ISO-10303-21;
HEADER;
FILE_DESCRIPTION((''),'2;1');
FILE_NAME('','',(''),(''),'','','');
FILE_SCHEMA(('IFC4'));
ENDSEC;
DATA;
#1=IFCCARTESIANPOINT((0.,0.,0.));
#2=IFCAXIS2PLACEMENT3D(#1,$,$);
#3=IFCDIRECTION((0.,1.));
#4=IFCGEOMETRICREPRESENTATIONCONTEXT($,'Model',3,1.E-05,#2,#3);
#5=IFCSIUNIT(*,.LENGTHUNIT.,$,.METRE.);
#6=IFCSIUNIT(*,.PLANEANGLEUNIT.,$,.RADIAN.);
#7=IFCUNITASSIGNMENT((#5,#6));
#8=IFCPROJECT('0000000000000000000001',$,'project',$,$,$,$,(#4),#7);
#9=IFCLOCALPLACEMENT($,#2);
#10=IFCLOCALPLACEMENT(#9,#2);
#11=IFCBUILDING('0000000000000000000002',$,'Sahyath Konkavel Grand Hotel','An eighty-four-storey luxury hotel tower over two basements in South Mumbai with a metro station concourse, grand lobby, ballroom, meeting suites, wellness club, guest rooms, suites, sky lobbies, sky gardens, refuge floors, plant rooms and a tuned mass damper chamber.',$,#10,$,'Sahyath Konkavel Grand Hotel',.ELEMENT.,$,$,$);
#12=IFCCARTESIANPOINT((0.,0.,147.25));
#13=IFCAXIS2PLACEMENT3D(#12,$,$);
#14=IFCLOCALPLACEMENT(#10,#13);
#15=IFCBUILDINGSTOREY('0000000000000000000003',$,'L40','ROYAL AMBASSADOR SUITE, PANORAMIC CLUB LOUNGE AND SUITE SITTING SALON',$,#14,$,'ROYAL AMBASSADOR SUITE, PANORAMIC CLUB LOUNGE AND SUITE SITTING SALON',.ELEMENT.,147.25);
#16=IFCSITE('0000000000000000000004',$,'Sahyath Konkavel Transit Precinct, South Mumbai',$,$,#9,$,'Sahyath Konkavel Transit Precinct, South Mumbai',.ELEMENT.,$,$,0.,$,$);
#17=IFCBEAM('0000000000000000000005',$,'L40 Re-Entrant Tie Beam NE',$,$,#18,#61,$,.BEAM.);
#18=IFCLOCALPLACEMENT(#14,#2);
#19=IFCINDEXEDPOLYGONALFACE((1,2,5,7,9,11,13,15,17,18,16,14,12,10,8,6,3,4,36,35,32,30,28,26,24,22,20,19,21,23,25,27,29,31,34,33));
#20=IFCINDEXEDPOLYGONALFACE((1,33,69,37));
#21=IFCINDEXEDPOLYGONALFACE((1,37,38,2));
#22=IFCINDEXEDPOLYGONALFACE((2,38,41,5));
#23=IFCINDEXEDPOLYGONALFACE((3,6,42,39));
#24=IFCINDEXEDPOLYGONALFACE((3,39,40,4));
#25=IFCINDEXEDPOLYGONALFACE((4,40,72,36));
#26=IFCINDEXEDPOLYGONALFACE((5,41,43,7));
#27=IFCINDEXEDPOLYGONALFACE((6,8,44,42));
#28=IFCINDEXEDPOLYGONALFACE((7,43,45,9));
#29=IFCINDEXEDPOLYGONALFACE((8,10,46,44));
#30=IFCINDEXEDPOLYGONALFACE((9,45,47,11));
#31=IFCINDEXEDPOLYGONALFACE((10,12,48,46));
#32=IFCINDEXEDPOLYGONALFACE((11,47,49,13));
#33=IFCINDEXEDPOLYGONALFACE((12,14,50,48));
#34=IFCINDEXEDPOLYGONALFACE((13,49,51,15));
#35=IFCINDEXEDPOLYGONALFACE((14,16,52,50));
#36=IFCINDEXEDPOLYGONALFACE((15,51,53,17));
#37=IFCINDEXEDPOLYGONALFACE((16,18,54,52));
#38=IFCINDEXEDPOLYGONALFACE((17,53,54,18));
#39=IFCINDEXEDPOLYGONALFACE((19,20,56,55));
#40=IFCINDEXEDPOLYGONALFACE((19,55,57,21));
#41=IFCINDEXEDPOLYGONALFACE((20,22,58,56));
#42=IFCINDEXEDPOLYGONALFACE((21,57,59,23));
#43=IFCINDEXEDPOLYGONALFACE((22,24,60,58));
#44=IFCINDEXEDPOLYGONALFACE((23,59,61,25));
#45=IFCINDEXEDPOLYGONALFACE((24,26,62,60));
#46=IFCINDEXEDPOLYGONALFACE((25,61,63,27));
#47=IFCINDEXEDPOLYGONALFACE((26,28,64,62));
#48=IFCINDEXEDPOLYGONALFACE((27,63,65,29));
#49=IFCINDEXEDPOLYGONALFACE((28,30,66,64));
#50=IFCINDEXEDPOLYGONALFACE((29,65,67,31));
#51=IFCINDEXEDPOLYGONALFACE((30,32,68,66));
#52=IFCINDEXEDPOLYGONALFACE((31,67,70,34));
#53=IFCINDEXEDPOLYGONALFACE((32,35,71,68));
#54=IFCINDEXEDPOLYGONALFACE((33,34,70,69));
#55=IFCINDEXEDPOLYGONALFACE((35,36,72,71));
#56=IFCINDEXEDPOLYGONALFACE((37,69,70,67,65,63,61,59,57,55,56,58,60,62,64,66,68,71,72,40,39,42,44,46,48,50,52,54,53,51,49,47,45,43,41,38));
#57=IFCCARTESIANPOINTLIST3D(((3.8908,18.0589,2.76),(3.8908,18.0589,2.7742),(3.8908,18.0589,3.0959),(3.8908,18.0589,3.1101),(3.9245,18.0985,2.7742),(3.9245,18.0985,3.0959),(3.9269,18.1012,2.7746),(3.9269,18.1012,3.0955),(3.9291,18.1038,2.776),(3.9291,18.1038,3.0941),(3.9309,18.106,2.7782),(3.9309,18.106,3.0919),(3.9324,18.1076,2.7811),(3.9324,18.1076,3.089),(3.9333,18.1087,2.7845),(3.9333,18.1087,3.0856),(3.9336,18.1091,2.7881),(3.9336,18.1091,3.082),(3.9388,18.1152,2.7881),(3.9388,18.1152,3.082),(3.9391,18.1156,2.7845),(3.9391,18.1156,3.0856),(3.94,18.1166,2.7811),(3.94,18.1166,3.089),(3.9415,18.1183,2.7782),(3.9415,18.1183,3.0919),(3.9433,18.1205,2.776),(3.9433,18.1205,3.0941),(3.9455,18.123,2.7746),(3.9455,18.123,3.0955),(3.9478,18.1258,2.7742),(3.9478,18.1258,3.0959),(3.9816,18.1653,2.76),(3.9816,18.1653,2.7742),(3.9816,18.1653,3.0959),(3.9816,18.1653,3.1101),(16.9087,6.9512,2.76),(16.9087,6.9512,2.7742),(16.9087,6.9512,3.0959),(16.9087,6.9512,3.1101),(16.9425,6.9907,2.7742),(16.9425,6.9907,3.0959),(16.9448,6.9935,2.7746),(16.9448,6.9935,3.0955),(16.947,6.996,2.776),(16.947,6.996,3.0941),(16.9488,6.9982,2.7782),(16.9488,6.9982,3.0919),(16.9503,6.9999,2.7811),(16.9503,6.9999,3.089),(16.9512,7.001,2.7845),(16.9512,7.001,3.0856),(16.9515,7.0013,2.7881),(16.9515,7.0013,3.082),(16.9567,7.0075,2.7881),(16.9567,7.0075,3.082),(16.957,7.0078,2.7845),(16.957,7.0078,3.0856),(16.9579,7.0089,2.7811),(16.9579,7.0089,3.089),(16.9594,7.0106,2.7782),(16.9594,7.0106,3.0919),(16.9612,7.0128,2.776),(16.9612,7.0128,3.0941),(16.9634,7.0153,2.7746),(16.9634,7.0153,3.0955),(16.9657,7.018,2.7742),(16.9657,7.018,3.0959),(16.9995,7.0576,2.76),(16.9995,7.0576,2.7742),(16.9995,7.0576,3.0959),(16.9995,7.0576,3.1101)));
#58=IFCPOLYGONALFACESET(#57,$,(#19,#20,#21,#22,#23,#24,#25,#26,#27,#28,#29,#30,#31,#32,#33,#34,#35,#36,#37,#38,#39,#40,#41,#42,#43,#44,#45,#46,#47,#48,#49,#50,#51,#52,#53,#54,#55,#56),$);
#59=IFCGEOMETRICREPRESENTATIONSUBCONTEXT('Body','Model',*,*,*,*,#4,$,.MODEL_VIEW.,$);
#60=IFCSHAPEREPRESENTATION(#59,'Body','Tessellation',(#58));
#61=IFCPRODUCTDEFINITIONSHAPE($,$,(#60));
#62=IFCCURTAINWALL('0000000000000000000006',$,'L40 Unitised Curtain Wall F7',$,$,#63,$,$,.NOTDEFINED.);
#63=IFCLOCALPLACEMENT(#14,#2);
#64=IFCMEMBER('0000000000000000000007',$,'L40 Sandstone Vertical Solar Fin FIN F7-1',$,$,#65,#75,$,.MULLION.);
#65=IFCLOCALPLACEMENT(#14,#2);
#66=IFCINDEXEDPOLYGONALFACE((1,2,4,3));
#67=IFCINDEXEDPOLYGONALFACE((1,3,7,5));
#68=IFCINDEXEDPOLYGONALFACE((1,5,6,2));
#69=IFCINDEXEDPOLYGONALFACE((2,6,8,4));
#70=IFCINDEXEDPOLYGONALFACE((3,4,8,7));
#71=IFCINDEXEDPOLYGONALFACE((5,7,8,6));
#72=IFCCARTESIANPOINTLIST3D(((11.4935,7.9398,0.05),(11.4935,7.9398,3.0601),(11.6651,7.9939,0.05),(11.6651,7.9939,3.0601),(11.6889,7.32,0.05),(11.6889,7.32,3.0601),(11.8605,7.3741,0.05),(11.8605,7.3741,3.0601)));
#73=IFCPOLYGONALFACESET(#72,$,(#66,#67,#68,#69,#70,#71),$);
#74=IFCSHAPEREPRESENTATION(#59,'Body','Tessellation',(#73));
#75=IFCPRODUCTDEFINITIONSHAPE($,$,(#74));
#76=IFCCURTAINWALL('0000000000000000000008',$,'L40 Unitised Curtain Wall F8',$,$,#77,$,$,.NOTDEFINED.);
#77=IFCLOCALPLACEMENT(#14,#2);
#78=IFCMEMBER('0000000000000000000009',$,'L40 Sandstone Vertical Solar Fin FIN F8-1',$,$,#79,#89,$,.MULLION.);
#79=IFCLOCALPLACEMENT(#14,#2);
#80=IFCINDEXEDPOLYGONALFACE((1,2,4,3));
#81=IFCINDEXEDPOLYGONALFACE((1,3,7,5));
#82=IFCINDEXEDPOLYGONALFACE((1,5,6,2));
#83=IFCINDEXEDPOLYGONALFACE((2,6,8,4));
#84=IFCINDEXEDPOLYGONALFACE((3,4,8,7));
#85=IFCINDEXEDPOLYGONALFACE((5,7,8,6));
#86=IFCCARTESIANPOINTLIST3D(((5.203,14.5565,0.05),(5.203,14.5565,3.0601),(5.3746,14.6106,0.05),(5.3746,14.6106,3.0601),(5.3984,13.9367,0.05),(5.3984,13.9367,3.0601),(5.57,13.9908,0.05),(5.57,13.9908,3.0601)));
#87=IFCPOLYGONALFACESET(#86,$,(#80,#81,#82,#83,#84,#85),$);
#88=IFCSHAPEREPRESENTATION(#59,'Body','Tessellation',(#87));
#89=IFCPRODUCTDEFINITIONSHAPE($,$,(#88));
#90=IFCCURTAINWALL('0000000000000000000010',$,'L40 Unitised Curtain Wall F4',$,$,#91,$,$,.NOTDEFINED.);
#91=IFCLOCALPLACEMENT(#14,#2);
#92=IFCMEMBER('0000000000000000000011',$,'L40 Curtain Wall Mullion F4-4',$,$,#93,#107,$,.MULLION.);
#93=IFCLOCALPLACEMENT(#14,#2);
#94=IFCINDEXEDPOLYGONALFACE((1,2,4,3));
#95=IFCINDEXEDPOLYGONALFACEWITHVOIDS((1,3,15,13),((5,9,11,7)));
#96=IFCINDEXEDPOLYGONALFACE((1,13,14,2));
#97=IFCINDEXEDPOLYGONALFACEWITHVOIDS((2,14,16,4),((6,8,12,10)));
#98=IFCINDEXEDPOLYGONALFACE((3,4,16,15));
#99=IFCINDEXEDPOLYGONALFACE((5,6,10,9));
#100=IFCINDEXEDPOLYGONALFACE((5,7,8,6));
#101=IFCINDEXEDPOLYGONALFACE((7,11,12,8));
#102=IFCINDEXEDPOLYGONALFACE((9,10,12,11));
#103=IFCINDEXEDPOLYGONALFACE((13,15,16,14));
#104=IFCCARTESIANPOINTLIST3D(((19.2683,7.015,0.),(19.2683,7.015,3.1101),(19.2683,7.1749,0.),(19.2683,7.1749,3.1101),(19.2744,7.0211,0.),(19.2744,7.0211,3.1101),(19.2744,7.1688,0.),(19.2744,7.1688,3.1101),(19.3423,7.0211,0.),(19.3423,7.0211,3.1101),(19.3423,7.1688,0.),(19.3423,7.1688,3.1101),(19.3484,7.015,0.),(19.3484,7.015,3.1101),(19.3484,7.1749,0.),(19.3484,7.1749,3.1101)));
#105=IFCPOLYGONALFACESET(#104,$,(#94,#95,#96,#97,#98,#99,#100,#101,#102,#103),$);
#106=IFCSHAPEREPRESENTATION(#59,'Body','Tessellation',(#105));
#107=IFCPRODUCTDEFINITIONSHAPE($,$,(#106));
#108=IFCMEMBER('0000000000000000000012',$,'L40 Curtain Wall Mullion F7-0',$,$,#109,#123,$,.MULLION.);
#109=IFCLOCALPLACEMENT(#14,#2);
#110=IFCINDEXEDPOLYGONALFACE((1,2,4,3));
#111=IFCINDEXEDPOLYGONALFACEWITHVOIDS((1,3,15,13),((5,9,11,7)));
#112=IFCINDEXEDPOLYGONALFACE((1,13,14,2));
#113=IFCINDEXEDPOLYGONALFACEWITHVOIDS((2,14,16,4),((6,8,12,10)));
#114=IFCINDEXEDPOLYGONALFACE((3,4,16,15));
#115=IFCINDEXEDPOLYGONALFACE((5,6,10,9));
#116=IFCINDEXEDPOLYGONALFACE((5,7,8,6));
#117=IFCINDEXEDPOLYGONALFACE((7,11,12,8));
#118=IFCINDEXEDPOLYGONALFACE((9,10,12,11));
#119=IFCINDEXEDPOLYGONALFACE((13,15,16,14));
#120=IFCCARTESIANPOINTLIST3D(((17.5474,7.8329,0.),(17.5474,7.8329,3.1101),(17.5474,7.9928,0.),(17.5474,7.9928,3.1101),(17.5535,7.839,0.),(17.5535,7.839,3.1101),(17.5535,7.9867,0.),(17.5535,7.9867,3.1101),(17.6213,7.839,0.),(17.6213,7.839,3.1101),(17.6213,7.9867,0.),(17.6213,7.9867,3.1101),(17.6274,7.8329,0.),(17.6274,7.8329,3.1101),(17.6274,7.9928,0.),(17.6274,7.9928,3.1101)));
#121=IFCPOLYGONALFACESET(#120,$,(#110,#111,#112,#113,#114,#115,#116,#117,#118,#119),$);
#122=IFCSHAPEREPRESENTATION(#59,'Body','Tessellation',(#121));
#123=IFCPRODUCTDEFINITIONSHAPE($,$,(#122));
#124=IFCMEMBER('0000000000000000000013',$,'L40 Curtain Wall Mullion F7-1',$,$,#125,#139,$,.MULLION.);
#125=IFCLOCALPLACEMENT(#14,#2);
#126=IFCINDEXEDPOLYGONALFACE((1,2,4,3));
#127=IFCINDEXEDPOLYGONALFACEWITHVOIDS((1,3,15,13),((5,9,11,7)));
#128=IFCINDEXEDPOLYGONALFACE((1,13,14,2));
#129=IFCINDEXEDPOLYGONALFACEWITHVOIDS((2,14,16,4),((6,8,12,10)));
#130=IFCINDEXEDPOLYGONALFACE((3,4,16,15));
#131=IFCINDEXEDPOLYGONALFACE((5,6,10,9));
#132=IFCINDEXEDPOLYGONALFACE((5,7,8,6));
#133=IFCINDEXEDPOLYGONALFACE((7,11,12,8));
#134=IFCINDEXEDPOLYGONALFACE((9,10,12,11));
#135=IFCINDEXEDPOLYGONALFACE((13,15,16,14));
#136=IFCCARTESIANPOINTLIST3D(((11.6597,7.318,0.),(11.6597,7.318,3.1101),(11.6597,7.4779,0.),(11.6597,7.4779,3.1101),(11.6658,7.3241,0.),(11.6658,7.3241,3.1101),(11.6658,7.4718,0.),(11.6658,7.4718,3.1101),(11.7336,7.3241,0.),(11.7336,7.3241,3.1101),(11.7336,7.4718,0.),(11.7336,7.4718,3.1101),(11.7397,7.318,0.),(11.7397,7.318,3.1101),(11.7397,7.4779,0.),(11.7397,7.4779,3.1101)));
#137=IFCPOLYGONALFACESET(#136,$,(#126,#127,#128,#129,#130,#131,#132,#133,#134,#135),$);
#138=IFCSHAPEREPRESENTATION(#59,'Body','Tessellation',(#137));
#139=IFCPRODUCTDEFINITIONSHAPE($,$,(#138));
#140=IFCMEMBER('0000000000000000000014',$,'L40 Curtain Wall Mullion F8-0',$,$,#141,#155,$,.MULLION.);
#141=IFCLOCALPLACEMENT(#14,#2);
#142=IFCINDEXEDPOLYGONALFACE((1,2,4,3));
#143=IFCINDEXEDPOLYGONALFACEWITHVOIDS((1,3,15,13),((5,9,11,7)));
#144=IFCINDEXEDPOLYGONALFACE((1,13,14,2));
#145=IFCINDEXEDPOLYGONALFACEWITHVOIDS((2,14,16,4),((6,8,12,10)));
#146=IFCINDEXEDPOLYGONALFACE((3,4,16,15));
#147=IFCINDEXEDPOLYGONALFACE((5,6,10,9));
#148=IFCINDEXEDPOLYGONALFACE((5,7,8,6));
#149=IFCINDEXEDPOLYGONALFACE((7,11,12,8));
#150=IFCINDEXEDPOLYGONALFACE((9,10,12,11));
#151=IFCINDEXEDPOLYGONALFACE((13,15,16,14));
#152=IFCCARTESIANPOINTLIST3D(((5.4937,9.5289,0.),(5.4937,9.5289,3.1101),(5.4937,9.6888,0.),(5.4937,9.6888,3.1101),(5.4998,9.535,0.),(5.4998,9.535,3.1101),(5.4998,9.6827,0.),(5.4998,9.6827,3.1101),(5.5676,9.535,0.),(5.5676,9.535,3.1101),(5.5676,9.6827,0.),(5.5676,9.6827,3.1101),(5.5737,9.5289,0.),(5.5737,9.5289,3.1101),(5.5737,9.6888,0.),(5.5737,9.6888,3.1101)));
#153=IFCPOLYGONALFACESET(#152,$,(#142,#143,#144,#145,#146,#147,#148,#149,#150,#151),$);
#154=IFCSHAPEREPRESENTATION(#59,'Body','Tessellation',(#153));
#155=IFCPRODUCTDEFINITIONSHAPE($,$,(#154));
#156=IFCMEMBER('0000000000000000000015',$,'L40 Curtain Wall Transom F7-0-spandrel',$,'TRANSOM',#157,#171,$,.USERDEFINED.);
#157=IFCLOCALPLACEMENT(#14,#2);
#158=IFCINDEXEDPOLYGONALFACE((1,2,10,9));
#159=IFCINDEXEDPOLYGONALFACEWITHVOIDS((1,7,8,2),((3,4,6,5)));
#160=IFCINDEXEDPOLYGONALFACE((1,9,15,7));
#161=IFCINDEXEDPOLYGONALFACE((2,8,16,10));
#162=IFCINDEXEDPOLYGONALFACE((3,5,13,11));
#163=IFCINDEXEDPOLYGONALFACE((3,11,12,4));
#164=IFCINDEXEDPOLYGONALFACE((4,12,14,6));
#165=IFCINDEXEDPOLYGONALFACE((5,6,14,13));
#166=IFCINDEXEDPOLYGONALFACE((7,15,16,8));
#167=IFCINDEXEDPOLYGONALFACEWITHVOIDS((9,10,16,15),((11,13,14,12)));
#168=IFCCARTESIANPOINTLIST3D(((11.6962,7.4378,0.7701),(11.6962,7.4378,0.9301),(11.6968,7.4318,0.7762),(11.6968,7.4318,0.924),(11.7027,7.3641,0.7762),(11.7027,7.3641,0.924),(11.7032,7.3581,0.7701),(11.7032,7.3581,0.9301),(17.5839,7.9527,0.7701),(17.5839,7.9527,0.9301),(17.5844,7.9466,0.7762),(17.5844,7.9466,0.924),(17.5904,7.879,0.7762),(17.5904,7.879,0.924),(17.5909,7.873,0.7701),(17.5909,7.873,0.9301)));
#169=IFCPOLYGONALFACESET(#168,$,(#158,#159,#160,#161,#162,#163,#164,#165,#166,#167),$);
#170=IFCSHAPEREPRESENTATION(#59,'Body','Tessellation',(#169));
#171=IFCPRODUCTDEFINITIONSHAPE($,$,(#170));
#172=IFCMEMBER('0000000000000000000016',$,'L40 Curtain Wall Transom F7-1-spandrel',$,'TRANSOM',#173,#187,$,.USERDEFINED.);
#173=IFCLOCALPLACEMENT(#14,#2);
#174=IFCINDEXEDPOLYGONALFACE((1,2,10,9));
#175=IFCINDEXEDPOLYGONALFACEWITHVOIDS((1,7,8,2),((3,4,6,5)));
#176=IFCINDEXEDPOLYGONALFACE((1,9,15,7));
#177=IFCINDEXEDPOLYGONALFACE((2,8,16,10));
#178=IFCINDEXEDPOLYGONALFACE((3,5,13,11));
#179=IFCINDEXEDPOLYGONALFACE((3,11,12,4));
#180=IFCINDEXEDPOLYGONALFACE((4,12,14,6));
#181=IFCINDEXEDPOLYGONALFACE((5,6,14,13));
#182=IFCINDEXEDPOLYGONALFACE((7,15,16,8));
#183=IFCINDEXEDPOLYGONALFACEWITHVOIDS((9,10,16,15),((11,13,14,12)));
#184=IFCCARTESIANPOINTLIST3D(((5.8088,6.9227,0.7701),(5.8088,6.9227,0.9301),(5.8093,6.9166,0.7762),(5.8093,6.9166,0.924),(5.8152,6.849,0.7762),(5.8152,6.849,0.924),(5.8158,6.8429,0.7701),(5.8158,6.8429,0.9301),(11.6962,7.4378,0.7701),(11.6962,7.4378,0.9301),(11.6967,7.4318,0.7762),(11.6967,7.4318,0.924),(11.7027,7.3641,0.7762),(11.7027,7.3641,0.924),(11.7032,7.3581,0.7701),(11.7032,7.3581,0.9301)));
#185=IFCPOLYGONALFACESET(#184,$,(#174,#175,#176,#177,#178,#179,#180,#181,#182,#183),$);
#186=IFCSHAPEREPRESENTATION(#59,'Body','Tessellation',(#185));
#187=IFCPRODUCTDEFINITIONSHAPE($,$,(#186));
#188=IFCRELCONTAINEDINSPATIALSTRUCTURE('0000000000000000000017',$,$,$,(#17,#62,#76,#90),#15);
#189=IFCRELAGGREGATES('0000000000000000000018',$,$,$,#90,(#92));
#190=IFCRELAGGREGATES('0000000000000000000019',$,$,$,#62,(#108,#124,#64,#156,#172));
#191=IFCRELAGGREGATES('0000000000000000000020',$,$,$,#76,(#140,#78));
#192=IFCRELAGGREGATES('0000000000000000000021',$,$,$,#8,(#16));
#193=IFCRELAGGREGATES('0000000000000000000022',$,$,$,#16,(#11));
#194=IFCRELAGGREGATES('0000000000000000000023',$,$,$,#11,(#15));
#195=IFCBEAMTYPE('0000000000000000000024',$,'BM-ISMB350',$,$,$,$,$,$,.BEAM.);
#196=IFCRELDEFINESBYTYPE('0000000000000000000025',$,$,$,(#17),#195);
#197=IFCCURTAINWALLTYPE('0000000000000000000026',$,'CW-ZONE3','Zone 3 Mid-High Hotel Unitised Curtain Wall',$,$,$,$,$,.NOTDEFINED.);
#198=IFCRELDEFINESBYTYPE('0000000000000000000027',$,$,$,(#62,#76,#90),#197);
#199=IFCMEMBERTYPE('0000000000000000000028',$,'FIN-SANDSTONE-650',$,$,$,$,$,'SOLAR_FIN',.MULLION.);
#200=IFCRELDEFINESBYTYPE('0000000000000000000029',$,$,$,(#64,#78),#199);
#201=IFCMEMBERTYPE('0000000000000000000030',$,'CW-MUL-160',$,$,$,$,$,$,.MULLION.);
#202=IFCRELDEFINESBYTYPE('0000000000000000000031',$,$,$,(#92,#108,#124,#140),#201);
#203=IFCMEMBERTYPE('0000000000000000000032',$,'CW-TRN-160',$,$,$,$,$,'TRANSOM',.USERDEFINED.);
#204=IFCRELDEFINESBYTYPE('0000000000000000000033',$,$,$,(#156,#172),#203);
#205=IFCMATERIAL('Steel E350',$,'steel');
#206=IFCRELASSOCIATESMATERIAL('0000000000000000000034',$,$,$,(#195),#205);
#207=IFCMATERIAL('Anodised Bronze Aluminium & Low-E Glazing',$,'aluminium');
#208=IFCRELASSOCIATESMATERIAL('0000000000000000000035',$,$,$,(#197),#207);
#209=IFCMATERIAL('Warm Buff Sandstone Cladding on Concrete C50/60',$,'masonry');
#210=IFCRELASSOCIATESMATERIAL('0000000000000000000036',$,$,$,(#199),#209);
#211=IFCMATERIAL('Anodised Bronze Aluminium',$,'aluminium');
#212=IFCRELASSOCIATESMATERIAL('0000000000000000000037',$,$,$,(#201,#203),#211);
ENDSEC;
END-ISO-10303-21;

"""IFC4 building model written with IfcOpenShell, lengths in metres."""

from ifc_helpers import new_model, si_unit, direction, frame, origin, origin_2d, place, context, subcontext, project, spatial, rectangle, hollow_rectangle, i_section, extrude, source, transform, mapped, material, material_profile, profile_set, type_object, element, aggregate, save


model = new_model("IFC4")

# Units and contexts
model_context = context("Model", 3, precision=1e-05, world=origin(), true_north=direction((0.0, 1.0)))
body_context = subcontext(model_context, "Body", "Model", "MODEL_VIEW")
ifc_project = project(units=[si_unit("LENGTHUNIT", "METRE"), si_unit("PLANEANGLEUNIT", "RADIAN")], contexts=[model_context])

# Site, building, storey
site_placement = place(None, origin())
site = spatial("IfcSite", under=ifc_project, at=site_placement, Name="Sahyath Konkavel Transit Precinct, South Mumbai", LongName="Sahyath Konkavel Transit Precinct, South Mumbai", CompositionType="ELEMENT", RefElevation=0.0)
building_placement = place(site_placement, origin())
building = spatial("IfcBuilding", under=site, at=building_placement, Name="Sahyath Konkavel Grand Hotel", Description="An eighty-four-storey luxury hotel tower over two basements in South Mumbai with a metro station concourse, grand lobby, ballroom, meeting suites, wellness club, guest rooms, suites, sky lobbies, sky gardens, refuge floors, plant rooms and a tuned mass damper chamber.", LongName="Sahyath Konkavel Grand Hotel", CompositionType="ELEMENT")
storey_placement = place(building_placement, frame((0.0, 0.0, 147.25)))
storey = spatial("IfcBuildingStorey", under=building, at=storey_placement, Name="L40", Description="ROYAL AMBASSADOR SUITE, PANORAMIC CLUB LOUNGE AND SUITE SITTING SALON", LongName="ROYAL AMBASSADOR SUITE, PANORAMIC CLUB LOUNGE AND SUITE SITTING SALON", CompositionType="ELEMENT", Elevation=147.25)

# Beam
ifc_material_1 = material(Name="Steel E350", Category="steel")
ifc_material_profile_1 = material_profile(ifc_material_1, i_section(OverallWidth=0.1399, OverallDepth=0.3501, WebThickness=0.0081, FlangeThickness=0.0142, FilletRadius=0.0139, at=origin_2d()), Name="ISMB 350")
ifc_profile_set_1 = profile_set([ifc_material_profile_1], Name="Steel E350")
beam_type = type_object("IfcBeamType", Name="BM-ISMB350", PredefinedType="BEAM", material=ifc_profile_set_1)
shared_shape_1 = source(origin(), body_context, "Body", "SweptSolid", [
    extrude(i_section(OverallWidth=0.1399, OverallDepth=0.3501, WebThickness=0.0081, FlangeThickness=0.0142, FilletRadius=0.0139, at=origin_2d()), origin(), (0.0, 0.0, 1.0), 17.1128),
])
beam_placement = place(storey_placement, frame((16.9541, 7.0044, 2.9351), z_axis=(-0.760712, 0.64909, 0.0), x_axis=(-0.64909, -0.760712, 0.0)))
element("IfcBeam", 1, at=beam_placement, inside=storey, type_object=beam_type, Name="L40 Re-Entrant Tie Beam NE", PredefinedType="BEAM", context=body_context, shape_type="MappedRepresentation", body=[
    mapped(shared_shape_1, transform((0.0, 0.0, 0.0), scale=1.0)),
])

# Curtain walls, members
ifc_material_2 = material(Name="Anodised Bronze Aluminium & Low-E Glazing", Category="aluminium")
curtain_wall_type = type_object("IfcCurtainWallType", Name="CW-ZONE3", Description="Zone 3 Mid-High Hotel Unitised Curtain Wall", PredefinedType="NOTDEFINED", material=ifc_material_2)
curtain_wall_1_placement = place(storey_placement, origin())
curtain_wall_1 = element("IfcCurtainWall", 2, at=curtain_wall_1_placement, inside=storey, type_object=curtain_wall_type, Name="L40 Unitised Curtain Wall F7", PredefinedType="NOTDEFINED")
ifc_material_3 = material(Name="Warm Buff Sandstone Cladding on Concrete C50/60", Category="masonry")
ifc_material_profile_2 = material_profile(ifc_material_3, rectangle(XDim=0.1799, YDim=0.6499, at=origin_2d()), Name="FIN 180x650")
ifc_profile_set_2 = profile_set([ifc_material_profile_2], Name="Warm Buff Sandstone Cladding on Concrete C50/60")
member_type_1 = type_object("IfcMemberType", Name="FIN-SANDSTONE-650", ElementType="SOLAR_FIN", PredefinedType="MULLION", material=ifc_profile_set_2)
shared_shape_2 = source(origin(), body_context, "Body", "SweptSolid", [
    extrude(rectangle(XDim=0.1799, YDim=0.6499, at=origin_2d()), origin(), (0.0, 0.0, 1.0), 3.01),
])
member_1_placement = place(storey_placement, frame((11.677, 7.657, 0.05), z_axis=(0.0, 0.0, 1.0), x_axis=(0.953717, 0.300706, 0.0)))
member_1 = element("IfcMember", 3, at=member_1_placement, type_object=member_type_1, Name="L40 Sandstone Vertical Solar Fin FIN F7-1", PredefinedType="MULLION", context=body_context, shape_type="MappedRepresentation", body=[
    mapped(shared_shape_2, transform((0.0, 0.0, 0.0), scale=1.0)),
])
curtain_wall_2_placement = place(storey_placement, origin())
curtain_wall_2 = element("IfcCurtainWall", 4, at=curtain_wall_2_placement, inside=storey, type_object=curtain_wall_type, Name="L40 Unitised Curtain Wall F8", PredefinedType="NOTDEFINED")
member_2_placement = place(storey_placement, frame((5.3865, 14.2737, 0.05), z_axis=(0.0, 0.0, 1.0), x_axis=(0.953717, 0.300706, 0.0)))
member_2 = element("IfcMember", 5, at=member_2_placement, type_object=member_type_1, Name="L40 Sandstone Vertical Solar Fin FIN F8-1", PredefinedType="MULLION", context=body_context, shape_type="MappedRepresentation", body=[
    mapped(shared_shape_2, transform((0.0, 0.0, 0.0), scale=1.0)),
])
curtain_wall_3_placement = place(storey_placement, origin())
curtain_wall_3 = element("IfcCurtainWall", 6, at=curtain_wall_3_placement, inside=storey, type_object=curtain_wall_type, Name="L40 Unitised Curtain Wall F4", PredefinedType="NOTDEFINED")
ifc_material_4 = material(Name="Anodised Bronze Aluminium", Category="aluminium")
ifc_material_profile_3 = material_profile(ifc_material_4, hollow_rectangle(XDim=0.0801, YDim=0.1599, WallThickness=0.0061, at=origin_2d()), Name="RHS 160x80x6")
ifc_profile_set_3 = profile_set([ifc_material_profile_3], Name="Anodised Bronze Aluminium")
member_type_2 = type_object("IfcMemberType", Name="CW-MUL-160", PredefinedType="MULLION", material=ifc_profile_set_3)
shared_shape_3 = source(origin(), body_context, "Body", "SweptSolid", [
    extrude(hollow_rectangle(XDim=0.0801, YDim=0.1599, WallThickness=0.0061, at=origin_2d()), origin(), (0.0, 0.0, 1.0), 3.1101),
])
member_3_placement = place(storey_placement, frame((19.3083, 7.095, 0.0), z_axis=(0.0, 0.0, 1.0), x_axis=(1.0, 0.0, 0.0)))
member_3 = element("IfcMember", 7, at=member_3_placement, type_object=member_type_2, Name="L40 Curtain Wall Mullion F4-4", PredefinedType="MULLION", context=body_context, shape_type="MappedRepresentation", body=[
    mapped(shared_shape_3, transform((0.0, 0.0, 0.0), scale=1.0)),
])
aggregate(curtain_wall_3, [member_3])

# Members
member_4_placement = place(storey_placement, frame((17.5874, 7.9128, 0.0), z_axis=(0.0, 0.0, 1.0), x_axis=(1.0, 0.0, 0.0)))
member_4 = element("IfcMember", 8, at=member_4_placement, type_object=member_type_2, Name="L40 Curtain Wall Mullion F7-0", PredefinedType="MULLION", context=body_context, shape_type="MappedRepresentation", body=[
    mapped(shared_shape_3, transform((0.0, 0.0, 0.0), scale=1.0)),
])
member_5_placement = place(storey_placement, frame((11.6997, 7.3979, 0.0), z_axis=(0.0, 0.0, 1.0), x_axis=(1.0, 0.0, 0.0)))
member_5 = element("IfcMember", 9, at=member_5_placement, type_object=member_type_2, Name="L40 Curtain Wall Mullion F7-1", PredefinedType="MULLION", context=body_context, shape_type="MappedRepresentation", body=[
    mapped(shared_shape_3, transform((0.0, 0.0, 0.0), scale=1.0)),
])
member_6_placement = place(storey_placement, frame((5.5337, 9.6089, 0.0), z_axis=(0.0, 0.0, 1.0), x_axis=(1.0, 0.0, 0.0)))
member_6 = element("IfcMember", 10, at=member_6_placement, type_object=member_type_2, Name="L40 Curtain Wall Mullion F8-0", PredefinedType="MULLION", context=body_context, shape_type="MappedRepresentation", body=[
    mapped(shared_shape_3, transform((0.0, 0.0, 0.0), scale=1.0)),
])
ifc_material_profile_4 = material_profile(ifc_material_4, hollow_rectangle(XDim=0.0801, YDim=0.1599, WallThickness=0.0061, at=origin_2d()), Name="RHS 160x80x6")
ifc_profile_set_4 = profile_set([ifc_material_profile_4], Name="Anodised Bronze Aluminium")
member_type_3 = type_object("IfcMemberType", Name="CW-TRN-160", ElementType="TRANSOM", PredefinedType="USERDEFINED", material=ifc_profile_set_4)
shared_shape_4 = source(origin(), body_context, "Body", "SweptSolid", [
    extrude(hollow_rectangle(XDim=0.0801, YDim=0.1599, WallThickness=0.0061, at=origin_2d()), origin(), (0.0, 0.0, 1.0), 5.9102),
])
member_7_placement = place(storey_placement, frame((17.5874, 7.9128, 0.8501), z_axis=(-0.996198, -0.08712, 0.0), x_axis=(0.08712, -0.996198, 0.0)))
member_7 = element("IfcMember", 11, at=member_7_placement, type_object=member_type_3, Name="L40 Curtain Wall Transom F7-0-spandrel", ObjectType="TRANSOM", PredefinedType="USERDEFINED", context=body_context, shape_type="MappedRepresentation", body=[
    mapped(shared_shape_4, transform((0.0, 0.0, 0.0), scale=1.0)),
])
shared_shape_5 = source(origin(), body_context, "Body", "SweptSolid", [
    extrude(hollow_rectangle(XDim=0.0801, YDim=0.1599, WallThickness=0.0061, at=origin_2d()), origin(), (0.0, 0.0, 1.0), 5.9099),
])
member_8_placement = place(storey_placement, frame((11.6997, 7.3979, 0.8501), z_axis=(-0.996194, -0.087164, 0.0), x_axis=(0.087164, -0.996194, 0.0)))
member_8 = element("IfcMember", 12, at=member_8_placement, type_object=member_type_3, Name="L40 Curtain Wall Transom F7-1-spandrel", ObjectType="TRANSOM", PredefinedType="USERDEFINED", context=body_context, shape_type="MappedRepresentation", body=[
    mapped(shared_shape_5, transform((0.0, 0.0, 0.0), scale=1.0)),
])

aggregate(curtain_wall_1, [member_4, member_5, member_1, member_7, member_8])
aggregate(curtain_wall_2, [member_6, member_2])

save(model, "model.ifc")
